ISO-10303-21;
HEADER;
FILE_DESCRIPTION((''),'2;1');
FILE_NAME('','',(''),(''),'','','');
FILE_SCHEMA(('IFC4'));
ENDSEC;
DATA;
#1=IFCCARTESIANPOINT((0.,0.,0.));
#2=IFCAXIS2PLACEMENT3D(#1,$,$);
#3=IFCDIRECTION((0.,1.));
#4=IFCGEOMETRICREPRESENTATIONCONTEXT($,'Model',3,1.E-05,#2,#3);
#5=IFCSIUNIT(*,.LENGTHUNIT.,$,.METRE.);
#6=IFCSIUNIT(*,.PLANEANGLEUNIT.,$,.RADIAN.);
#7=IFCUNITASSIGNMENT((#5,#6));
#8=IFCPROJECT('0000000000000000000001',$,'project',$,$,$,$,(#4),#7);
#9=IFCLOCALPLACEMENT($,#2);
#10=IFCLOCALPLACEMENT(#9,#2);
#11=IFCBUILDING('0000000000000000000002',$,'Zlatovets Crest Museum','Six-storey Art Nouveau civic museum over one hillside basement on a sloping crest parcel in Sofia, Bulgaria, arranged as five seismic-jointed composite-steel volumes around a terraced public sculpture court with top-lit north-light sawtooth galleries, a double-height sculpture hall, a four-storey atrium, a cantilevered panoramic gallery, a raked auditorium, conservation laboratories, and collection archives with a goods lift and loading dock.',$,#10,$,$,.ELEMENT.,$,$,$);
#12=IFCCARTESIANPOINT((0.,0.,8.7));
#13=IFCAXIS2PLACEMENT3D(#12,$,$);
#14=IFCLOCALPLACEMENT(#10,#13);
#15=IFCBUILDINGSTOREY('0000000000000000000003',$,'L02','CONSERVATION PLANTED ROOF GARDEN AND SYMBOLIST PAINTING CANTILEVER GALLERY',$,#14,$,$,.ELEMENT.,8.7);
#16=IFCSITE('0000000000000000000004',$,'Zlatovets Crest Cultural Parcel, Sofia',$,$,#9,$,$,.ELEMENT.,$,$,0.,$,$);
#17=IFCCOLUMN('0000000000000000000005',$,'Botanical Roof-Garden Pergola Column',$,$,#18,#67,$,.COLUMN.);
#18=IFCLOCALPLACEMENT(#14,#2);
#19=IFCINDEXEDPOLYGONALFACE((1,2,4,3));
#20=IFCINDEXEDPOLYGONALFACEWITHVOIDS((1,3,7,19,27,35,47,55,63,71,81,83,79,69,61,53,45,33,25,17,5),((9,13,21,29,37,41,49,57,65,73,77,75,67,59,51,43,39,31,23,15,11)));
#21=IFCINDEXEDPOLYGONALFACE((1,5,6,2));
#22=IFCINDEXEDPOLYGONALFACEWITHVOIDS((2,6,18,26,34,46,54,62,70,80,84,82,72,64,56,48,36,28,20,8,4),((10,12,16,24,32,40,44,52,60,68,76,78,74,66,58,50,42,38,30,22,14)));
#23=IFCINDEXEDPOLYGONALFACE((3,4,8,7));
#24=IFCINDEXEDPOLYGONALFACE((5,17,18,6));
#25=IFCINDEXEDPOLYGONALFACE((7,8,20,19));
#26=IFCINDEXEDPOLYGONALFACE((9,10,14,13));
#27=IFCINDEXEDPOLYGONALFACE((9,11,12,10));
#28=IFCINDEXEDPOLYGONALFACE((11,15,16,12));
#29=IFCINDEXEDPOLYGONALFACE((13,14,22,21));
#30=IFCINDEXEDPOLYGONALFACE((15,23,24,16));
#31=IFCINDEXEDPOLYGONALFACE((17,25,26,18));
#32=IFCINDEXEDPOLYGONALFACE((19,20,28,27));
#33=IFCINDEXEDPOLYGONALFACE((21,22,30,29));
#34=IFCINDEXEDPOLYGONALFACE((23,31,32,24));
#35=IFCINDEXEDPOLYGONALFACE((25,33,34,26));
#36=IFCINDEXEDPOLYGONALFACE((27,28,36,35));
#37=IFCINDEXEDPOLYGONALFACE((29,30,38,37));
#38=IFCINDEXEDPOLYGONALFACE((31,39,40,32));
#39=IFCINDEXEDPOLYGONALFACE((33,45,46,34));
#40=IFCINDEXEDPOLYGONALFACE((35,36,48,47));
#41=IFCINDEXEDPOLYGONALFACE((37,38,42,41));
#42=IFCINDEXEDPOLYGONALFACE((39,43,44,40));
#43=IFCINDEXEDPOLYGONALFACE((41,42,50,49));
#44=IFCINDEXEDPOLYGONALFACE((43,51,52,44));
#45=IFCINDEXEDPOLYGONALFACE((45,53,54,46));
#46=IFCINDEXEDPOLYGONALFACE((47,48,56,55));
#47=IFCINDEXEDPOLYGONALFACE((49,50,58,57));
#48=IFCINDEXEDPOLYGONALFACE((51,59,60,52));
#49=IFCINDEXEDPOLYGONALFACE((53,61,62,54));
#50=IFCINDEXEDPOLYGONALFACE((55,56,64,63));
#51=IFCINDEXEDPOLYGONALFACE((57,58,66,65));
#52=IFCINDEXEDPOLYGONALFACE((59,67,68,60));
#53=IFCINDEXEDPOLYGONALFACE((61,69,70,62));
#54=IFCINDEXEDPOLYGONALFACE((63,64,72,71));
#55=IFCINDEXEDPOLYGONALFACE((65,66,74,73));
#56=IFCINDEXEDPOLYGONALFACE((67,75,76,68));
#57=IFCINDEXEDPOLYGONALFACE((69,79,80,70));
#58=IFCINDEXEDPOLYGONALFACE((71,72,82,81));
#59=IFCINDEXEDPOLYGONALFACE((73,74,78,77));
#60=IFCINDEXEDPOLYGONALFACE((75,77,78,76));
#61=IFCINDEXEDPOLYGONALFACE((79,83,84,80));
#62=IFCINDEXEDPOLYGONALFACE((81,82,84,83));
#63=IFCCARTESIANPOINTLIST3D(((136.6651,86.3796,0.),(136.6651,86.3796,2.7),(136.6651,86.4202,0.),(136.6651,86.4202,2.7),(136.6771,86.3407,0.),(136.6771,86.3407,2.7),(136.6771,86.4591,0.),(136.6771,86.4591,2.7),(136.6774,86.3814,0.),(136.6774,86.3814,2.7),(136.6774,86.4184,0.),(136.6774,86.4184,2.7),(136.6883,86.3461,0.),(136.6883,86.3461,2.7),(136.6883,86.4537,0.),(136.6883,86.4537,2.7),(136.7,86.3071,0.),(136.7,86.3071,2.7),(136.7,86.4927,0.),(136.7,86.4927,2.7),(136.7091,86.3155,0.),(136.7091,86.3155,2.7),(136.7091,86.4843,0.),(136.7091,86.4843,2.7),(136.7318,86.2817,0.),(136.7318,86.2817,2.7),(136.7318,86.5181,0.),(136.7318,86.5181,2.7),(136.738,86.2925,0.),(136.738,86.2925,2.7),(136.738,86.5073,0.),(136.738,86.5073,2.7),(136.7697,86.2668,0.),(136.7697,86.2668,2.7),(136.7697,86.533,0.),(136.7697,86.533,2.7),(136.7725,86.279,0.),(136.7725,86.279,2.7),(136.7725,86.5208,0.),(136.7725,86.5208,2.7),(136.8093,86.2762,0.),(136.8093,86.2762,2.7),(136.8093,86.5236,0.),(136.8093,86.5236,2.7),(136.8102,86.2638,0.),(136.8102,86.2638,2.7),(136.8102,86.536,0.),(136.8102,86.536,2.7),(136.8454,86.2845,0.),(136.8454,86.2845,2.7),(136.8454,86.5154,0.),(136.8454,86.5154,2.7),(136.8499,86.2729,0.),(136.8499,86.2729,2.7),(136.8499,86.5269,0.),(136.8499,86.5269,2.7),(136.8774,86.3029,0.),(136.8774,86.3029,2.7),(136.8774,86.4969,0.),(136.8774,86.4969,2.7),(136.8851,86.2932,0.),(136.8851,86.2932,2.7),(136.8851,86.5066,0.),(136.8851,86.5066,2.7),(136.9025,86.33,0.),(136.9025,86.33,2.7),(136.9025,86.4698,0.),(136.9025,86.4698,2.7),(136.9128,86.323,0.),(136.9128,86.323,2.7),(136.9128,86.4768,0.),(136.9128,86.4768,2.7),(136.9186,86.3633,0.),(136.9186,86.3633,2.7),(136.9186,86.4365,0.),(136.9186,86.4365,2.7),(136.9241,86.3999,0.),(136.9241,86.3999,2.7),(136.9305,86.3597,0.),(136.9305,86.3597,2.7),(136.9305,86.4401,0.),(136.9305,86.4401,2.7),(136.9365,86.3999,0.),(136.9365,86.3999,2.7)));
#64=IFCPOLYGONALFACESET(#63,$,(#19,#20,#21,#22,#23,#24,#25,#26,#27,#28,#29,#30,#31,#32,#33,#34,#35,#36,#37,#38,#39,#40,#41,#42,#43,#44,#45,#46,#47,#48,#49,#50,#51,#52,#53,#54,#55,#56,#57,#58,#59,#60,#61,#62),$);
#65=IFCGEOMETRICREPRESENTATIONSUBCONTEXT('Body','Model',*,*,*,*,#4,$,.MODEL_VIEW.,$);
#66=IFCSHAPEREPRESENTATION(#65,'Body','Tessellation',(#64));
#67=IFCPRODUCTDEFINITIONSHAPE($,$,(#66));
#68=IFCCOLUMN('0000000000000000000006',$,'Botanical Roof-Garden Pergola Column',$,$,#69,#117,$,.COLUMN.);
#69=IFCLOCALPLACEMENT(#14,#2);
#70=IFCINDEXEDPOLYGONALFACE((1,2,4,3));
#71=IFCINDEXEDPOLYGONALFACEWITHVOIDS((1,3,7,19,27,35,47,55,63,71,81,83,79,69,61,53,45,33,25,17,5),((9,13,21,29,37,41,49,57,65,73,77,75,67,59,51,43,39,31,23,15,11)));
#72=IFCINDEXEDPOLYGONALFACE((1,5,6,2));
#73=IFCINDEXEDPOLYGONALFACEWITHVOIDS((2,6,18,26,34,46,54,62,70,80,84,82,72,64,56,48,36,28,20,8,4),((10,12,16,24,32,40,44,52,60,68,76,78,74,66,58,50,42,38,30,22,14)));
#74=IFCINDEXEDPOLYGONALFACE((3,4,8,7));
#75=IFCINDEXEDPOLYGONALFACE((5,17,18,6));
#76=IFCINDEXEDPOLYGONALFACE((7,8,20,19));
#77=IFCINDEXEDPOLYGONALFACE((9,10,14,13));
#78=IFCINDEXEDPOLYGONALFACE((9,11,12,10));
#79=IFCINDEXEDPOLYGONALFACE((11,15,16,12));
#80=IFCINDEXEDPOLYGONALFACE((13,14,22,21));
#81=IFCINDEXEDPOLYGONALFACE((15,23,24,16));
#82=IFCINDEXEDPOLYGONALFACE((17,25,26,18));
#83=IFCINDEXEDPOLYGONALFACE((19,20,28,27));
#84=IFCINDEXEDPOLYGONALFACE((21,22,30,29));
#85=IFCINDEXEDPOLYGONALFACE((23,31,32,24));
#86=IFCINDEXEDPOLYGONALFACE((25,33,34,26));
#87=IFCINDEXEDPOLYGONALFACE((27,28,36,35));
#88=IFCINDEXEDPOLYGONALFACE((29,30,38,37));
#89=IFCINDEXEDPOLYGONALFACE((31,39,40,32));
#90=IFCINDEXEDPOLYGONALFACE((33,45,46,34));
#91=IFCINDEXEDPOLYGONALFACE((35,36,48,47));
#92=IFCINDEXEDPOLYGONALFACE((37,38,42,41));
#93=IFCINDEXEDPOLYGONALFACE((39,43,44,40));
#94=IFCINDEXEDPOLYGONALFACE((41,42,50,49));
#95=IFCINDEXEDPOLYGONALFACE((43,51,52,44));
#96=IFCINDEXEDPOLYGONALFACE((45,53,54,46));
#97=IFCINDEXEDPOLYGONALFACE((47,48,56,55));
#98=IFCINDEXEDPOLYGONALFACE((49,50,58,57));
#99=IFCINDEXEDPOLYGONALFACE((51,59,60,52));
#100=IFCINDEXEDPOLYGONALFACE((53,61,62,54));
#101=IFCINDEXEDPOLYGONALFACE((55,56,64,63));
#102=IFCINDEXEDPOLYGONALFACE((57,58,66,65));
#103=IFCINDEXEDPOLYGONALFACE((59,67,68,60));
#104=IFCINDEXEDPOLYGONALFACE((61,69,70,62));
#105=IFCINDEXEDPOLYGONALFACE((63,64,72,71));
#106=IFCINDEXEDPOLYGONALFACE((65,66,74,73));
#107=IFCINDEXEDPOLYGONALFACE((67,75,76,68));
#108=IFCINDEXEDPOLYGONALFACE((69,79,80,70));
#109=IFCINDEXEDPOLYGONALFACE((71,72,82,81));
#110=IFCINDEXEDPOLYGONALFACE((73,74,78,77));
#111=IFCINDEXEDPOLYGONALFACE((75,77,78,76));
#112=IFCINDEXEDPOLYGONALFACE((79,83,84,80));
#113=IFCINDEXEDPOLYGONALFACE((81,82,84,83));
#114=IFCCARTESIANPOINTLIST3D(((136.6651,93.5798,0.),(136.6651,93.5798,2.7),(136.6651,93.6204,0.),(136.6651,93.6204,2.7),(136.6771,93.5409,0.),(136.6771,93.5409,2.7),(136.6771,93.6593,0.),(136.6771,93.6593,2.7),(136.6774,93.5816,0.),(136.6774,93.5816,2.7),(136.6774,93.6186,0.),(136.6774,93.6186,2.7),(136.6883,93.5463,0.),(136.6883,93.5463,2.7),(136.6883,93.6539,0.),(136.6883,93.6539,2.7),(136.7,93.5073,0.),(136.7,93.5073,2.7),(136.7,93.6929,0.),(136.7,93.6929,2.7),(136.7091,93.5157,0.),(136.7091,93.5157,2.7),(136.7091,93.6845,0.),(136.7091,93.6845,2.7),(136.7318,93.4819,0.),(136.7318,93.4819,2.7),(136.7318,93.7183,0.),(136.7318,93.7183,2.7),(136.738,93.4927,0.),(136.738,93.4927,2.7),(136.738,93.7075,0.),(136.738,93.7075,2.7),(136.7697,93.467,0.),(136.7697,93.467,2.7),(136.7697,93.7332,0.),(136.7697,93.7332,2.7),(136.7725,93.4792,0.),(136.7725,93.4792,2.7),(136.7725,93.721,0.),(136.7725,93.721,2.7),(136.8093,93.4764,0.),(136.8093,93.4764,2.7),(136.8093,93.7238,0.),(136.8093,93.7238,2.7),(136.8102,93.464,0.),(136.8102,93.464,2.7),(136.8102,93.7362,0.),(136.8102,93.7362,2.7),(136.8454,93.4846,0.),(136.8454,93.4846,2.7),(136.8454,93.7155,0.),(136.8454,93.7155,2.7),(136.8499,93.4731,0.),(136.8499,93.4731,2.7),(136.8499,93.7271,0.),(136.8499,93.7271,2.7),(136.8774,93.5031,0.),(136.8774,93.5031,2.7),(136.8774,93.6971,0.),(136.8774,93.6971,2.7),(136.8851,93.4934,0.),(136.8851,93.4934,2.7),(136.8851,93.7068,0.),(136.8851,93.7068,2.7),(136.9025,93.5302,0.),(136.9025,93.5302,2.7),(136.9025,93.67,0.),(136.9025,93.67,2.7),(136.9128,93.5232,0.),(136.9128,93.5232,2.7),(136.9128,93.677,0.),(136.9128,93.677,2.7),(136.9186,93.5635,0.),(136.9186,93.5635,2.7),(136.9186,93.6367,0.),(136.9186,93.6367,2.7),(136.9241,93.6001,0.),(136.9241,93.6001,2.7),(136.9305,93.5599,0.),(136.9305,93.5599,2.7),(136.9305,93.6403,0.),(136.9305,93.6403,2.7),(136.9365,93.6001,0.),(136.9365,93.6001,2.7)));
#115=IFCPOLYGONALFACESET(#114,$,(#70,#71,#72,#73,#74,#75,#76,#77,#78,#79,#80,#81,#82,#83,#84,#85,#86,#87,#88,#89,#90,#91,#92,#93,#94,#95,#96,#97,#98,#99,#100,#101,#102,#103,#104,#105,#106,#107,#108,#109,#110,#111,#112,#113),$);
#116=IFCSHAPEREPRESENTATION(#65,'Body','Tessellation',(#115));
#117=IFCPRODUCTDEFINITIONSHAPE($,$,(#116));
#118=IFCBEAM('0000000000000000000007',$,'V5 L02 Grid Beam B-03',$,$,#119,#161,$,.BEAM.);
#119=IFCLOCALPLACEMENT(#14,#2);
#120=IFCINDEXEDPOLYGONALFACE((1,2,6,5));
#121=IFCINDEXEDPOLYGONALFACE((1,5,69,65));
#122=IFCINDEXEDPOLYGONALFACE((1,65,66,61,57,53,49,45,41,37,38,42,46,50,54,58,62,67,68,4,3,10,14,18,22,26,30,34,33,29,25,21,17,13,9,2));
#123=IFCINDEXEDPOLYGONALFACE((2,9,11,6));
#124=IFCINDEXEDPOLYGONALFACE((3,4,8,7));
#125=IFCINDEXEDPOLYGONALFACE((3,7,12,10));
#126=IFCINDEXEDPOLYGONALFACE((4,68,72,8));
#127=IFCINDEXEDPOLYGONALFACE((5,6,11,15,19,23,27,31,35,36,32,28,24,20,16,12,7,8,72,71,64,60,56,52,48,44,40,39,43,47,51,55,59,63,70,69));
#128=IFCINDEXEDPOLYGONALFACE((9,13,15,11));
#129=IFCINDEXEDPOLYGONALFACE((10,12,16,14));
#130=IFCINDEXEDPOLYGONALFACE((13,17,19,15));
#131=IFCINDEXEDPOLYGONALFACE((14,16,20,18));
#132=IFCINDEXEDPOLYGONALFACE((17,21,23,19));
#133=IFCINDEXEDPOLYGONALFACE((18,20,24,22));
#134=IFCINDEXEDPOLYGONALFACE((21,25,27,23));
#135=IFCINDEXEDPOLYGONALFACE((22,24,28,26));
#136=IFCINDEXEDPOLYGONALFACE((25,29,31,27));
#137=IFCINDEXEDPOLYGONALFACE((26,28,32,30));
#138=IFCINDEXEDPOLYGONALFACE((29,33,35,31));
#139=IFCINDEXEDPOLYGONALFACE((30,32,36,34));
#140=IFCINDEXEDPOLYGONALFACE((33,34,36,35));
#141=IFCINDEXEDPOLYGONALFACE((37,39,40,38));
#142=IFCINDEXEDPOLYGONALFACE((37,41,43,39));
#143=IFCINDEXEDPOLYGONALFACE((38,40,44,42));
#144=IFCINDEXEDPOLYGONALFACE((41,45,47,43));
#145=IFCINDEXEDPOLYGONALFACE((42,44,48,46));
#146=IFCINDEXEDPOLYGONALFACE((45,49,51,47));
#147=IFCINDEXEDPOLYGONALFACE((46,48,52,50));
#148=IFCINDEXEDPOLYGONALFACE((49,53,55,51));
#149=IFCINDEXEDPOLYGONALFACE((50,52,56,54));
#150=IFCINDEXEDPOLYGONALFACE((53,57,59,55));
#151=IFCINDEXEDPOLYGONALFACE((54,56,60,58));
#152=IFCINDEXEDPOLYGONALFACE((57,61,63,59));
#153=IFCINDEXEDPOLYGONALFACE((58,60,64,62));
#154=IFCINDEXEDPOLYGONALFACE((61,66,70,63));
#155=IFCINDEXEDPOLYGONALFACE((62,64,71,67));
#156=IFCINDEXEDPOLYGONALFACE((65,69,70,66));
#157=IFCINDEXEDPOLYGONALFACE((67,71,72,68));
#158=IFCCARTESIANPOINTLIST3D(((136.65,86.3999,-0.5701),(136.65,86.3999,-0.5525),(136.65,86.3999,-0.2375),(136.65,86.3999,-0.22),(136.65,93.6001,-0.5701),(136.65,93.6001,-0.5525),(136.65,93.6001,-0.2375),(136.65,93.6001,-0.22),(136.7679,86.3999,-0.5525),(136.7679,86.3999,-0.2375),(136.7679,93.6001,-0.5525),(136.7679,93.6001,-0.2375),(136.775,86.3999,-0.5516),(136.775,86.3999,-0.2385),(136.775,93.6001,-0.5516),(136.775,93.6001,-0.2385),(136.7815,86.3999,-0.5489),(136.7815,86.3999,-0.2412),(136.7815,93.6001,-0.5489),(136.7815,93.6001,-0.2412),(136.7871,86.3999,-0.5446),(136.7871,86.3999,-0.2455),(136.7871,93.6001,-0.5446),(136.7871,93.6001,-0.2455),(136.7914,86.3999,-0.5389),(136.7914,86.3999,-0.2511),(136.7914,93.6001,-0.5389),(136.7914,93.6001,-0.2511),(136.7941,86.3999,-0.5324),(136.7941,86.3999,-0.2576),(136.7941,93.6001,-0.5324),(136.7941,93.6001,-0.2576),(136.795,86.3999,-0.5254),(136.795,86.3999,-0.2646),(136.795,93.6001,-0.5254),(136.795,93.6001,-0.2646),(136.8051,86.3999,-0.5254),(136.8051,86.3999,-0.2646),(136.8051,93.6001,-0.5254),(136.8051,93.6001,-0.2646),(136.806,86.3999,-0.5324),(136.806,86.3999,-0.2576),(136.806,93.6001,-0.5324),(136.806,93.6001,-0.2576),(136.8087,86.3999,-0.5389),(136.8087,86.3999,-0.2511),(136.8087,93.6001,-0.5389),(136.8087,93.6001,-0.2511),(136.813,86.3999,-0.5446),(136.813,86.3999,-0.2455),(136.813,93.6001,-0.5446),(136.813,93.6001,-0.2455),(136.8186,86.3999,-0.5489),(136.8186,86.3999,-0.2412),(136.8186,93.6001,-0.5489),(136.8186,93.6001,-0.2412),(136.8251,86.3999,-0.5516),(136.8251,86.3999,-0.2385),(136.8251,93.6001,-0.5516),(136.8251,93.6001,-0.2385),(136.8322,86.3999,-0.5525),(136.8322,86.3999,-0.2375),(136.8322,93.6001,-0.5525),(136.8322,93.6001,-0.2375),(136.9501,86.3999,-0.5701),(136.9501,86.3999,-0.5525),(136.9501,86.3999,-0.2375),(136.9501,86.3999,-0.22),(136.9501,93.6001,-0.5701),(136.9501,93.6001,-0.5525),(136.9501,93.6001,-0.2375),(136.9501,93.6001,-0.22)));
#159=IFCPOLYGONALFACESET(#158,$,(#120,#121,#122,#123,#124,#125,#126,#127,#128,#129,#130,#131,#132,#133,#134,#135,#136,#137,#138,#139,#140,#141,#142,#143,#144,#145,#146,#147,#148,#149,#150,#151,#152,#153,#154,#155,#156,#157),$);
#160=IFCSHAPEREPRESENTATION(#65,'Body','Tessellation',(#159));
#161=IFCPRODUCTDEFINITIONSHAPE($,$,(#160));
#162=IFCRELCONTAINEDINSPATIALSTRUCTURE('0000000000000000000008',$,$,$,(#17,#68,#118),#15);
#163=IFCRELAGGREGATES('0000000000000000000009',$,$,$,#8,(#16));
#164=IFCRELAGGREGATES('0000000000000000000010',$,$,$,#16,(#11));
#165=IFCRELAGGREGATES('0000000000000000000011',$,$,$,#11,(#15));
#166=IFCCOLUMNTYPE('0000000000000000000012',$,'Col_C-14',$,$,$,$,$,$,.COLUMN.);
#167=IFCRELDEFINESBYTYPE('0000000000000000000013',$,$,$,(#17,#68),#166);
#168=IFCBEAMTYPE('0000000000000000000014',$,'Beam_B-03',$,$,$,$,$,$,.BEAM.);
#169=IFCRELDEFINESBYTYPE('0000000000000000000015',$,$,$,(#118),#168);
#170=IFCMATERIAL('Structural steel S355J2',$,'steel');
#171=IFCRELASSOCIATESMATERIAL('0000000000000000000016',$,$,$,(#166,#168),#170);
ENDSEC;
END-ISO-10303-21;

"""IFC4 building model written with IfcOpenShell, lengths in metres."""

from ifc_helpers import new_model, si_unit, direction, frame, origin, origin_2d, place, context, subcontext, project, spatial, hollow_circle, i_section, extrude, material, material_profile, profile_set, type_object, element, save


model = new_model("IFC4")

# Units and contexts
model_context = context("Model", 3, precision=1e-05, world=origin(), true_north=direction((0.0, 1.0)))
body_context = subcontext(model_context, "Body", "Model", "MODEL_VIEW")
ifc_project = project(units=[si_unit("LENGTHUNIT", "METRE"), si_unit("PLANEANGLEUNIT", "RADIAN")], contexts=[model_context])

# Site, building, storey
site_placement = place(None, origin())
site = spatial("IfcSite", under=ifc_project, at=site_placement, Name="Zlatovets Crest Cultural Parcel, Sofia", CompositionType="ELEMENT", RefElevation=0.0)
building_placement = place(site_placement, origin())
building = spatial("IfcBuilding", under=site, at=building_placement, Name="Zlatovets Crest Museum", Description="Six-storey Art Nouveau civic museum over one hillside basement on a sloping crest parcel in Sofia, Bulgaria, arranged as five seismic-jointed composite-steel volumes around a terraced public sculpture court with top-lit north-light sawtooth galleries, a double-height sculpture hall, a four-storey atrium, a cantilevered panoramic gallery, a raked auditorium, conservation laboratories, and collection archives with a goods lift and loading dock.", CompositionType="ELEMENT")
storey_placement = place(building_placement, frame((0.0, 0.0, 8.7)))
storey = spatial("IfcBuildingStorey", under=building, at=storey_placement, Name="L02", Description="CONSERVATION PLANTED ROOF GARDEN AND SYMBOLIST PAINTING CANTILEVER GALLERY", CompositionType="ELEMENT", Elevation=8.7)

# Columns
ifc_material_1 = material(Name="Structural steel S355J2", Category="steel")
ifc_material_profile_1 = material_profile(ifc_material_1, hollow_circle(Radius=0.1365, WallThickness=0.0125, at=origin_2d()), Name="CHS 273.0x12.5")
ifc_profile_set_1 = profile_set([ifc_material_profile_1], Name="Structural steel S355J2")
column_type = type_object("IfcColumnType", Name="Col_C-14", PredefinedType="COLUMN", material=ifc_profile_set_1)
for number, where, z_axis, x_axis, name in (
    (1, (136.8, 86.3999, 0.0), (0.0, 0.0, 1.0), (1.0, 0.0, 0.0), "Botanical Roof-Garden Pergola Column"),
    (2, (136.8, 93.6001, 0.0), (0.0, 0.0, 1.0), (1.0, 0.0, 0.0), "Botanical Roof-Garden Pergola Column"),
):
    element("IfcColumn", number, at=place(storey_placement, frame(where, z_axis=z_axis, x_axis=x_axis)), inside=storey, type_object=column_type, Name=name, PredefinedType="COLUMN", context=body_context, shape_type="SweptSolid", body=[
        extrude(hollow_circle(Radius=0.1365, WallThickness=0.0125, at=origin_2d()), origin(), (0.0, 0.0, 1.0), 2.7),
    ])

# Beam
ifc_material_profile_2 = material_profile(ifc_material_1, i_section(OverallWidth=0.3, OverallDepth=0.3501, WebThickness=0.01, FlangeThickness=0.0176, FilletRadius=0.0271, at=origin_2d()), Name="HEA 360")
ifc_profile_set_2 = profile_set([ifc_material_profile_2], Name="Structural steel S355J2")
beam_type_1 = type_object("IfcBeamType", Name="Beam_B-03", PredefinedType="BEAM", material=ifc_profile_set_2)
beam_1_placement = place(storey_placement, frame((136.8, 86.3999, -0.395), z_axis=(0.0, 1.0, 0.0), x_axis=(-1.0, 0.0, 0.0)))
element("IfcBeam", 3, at=beam_1_placement, inside=storey, type_object=beam_type_1, Name="V5 L02 Grid Beam B-03", PredefinedType="BEAM", context=body_context, shape_type="SweptSolid", body=[
    extrude(i_section(OverallWidth=0.3, OverallDepth=0.3501, WebThickness=0.01, FlangeThickness=0.0176, FilletRadius=0.0271, at=origin_2d()), origin(), (0.0, 0.0, 1.0), 7.2002),
])

save(model, "model.ifc")
